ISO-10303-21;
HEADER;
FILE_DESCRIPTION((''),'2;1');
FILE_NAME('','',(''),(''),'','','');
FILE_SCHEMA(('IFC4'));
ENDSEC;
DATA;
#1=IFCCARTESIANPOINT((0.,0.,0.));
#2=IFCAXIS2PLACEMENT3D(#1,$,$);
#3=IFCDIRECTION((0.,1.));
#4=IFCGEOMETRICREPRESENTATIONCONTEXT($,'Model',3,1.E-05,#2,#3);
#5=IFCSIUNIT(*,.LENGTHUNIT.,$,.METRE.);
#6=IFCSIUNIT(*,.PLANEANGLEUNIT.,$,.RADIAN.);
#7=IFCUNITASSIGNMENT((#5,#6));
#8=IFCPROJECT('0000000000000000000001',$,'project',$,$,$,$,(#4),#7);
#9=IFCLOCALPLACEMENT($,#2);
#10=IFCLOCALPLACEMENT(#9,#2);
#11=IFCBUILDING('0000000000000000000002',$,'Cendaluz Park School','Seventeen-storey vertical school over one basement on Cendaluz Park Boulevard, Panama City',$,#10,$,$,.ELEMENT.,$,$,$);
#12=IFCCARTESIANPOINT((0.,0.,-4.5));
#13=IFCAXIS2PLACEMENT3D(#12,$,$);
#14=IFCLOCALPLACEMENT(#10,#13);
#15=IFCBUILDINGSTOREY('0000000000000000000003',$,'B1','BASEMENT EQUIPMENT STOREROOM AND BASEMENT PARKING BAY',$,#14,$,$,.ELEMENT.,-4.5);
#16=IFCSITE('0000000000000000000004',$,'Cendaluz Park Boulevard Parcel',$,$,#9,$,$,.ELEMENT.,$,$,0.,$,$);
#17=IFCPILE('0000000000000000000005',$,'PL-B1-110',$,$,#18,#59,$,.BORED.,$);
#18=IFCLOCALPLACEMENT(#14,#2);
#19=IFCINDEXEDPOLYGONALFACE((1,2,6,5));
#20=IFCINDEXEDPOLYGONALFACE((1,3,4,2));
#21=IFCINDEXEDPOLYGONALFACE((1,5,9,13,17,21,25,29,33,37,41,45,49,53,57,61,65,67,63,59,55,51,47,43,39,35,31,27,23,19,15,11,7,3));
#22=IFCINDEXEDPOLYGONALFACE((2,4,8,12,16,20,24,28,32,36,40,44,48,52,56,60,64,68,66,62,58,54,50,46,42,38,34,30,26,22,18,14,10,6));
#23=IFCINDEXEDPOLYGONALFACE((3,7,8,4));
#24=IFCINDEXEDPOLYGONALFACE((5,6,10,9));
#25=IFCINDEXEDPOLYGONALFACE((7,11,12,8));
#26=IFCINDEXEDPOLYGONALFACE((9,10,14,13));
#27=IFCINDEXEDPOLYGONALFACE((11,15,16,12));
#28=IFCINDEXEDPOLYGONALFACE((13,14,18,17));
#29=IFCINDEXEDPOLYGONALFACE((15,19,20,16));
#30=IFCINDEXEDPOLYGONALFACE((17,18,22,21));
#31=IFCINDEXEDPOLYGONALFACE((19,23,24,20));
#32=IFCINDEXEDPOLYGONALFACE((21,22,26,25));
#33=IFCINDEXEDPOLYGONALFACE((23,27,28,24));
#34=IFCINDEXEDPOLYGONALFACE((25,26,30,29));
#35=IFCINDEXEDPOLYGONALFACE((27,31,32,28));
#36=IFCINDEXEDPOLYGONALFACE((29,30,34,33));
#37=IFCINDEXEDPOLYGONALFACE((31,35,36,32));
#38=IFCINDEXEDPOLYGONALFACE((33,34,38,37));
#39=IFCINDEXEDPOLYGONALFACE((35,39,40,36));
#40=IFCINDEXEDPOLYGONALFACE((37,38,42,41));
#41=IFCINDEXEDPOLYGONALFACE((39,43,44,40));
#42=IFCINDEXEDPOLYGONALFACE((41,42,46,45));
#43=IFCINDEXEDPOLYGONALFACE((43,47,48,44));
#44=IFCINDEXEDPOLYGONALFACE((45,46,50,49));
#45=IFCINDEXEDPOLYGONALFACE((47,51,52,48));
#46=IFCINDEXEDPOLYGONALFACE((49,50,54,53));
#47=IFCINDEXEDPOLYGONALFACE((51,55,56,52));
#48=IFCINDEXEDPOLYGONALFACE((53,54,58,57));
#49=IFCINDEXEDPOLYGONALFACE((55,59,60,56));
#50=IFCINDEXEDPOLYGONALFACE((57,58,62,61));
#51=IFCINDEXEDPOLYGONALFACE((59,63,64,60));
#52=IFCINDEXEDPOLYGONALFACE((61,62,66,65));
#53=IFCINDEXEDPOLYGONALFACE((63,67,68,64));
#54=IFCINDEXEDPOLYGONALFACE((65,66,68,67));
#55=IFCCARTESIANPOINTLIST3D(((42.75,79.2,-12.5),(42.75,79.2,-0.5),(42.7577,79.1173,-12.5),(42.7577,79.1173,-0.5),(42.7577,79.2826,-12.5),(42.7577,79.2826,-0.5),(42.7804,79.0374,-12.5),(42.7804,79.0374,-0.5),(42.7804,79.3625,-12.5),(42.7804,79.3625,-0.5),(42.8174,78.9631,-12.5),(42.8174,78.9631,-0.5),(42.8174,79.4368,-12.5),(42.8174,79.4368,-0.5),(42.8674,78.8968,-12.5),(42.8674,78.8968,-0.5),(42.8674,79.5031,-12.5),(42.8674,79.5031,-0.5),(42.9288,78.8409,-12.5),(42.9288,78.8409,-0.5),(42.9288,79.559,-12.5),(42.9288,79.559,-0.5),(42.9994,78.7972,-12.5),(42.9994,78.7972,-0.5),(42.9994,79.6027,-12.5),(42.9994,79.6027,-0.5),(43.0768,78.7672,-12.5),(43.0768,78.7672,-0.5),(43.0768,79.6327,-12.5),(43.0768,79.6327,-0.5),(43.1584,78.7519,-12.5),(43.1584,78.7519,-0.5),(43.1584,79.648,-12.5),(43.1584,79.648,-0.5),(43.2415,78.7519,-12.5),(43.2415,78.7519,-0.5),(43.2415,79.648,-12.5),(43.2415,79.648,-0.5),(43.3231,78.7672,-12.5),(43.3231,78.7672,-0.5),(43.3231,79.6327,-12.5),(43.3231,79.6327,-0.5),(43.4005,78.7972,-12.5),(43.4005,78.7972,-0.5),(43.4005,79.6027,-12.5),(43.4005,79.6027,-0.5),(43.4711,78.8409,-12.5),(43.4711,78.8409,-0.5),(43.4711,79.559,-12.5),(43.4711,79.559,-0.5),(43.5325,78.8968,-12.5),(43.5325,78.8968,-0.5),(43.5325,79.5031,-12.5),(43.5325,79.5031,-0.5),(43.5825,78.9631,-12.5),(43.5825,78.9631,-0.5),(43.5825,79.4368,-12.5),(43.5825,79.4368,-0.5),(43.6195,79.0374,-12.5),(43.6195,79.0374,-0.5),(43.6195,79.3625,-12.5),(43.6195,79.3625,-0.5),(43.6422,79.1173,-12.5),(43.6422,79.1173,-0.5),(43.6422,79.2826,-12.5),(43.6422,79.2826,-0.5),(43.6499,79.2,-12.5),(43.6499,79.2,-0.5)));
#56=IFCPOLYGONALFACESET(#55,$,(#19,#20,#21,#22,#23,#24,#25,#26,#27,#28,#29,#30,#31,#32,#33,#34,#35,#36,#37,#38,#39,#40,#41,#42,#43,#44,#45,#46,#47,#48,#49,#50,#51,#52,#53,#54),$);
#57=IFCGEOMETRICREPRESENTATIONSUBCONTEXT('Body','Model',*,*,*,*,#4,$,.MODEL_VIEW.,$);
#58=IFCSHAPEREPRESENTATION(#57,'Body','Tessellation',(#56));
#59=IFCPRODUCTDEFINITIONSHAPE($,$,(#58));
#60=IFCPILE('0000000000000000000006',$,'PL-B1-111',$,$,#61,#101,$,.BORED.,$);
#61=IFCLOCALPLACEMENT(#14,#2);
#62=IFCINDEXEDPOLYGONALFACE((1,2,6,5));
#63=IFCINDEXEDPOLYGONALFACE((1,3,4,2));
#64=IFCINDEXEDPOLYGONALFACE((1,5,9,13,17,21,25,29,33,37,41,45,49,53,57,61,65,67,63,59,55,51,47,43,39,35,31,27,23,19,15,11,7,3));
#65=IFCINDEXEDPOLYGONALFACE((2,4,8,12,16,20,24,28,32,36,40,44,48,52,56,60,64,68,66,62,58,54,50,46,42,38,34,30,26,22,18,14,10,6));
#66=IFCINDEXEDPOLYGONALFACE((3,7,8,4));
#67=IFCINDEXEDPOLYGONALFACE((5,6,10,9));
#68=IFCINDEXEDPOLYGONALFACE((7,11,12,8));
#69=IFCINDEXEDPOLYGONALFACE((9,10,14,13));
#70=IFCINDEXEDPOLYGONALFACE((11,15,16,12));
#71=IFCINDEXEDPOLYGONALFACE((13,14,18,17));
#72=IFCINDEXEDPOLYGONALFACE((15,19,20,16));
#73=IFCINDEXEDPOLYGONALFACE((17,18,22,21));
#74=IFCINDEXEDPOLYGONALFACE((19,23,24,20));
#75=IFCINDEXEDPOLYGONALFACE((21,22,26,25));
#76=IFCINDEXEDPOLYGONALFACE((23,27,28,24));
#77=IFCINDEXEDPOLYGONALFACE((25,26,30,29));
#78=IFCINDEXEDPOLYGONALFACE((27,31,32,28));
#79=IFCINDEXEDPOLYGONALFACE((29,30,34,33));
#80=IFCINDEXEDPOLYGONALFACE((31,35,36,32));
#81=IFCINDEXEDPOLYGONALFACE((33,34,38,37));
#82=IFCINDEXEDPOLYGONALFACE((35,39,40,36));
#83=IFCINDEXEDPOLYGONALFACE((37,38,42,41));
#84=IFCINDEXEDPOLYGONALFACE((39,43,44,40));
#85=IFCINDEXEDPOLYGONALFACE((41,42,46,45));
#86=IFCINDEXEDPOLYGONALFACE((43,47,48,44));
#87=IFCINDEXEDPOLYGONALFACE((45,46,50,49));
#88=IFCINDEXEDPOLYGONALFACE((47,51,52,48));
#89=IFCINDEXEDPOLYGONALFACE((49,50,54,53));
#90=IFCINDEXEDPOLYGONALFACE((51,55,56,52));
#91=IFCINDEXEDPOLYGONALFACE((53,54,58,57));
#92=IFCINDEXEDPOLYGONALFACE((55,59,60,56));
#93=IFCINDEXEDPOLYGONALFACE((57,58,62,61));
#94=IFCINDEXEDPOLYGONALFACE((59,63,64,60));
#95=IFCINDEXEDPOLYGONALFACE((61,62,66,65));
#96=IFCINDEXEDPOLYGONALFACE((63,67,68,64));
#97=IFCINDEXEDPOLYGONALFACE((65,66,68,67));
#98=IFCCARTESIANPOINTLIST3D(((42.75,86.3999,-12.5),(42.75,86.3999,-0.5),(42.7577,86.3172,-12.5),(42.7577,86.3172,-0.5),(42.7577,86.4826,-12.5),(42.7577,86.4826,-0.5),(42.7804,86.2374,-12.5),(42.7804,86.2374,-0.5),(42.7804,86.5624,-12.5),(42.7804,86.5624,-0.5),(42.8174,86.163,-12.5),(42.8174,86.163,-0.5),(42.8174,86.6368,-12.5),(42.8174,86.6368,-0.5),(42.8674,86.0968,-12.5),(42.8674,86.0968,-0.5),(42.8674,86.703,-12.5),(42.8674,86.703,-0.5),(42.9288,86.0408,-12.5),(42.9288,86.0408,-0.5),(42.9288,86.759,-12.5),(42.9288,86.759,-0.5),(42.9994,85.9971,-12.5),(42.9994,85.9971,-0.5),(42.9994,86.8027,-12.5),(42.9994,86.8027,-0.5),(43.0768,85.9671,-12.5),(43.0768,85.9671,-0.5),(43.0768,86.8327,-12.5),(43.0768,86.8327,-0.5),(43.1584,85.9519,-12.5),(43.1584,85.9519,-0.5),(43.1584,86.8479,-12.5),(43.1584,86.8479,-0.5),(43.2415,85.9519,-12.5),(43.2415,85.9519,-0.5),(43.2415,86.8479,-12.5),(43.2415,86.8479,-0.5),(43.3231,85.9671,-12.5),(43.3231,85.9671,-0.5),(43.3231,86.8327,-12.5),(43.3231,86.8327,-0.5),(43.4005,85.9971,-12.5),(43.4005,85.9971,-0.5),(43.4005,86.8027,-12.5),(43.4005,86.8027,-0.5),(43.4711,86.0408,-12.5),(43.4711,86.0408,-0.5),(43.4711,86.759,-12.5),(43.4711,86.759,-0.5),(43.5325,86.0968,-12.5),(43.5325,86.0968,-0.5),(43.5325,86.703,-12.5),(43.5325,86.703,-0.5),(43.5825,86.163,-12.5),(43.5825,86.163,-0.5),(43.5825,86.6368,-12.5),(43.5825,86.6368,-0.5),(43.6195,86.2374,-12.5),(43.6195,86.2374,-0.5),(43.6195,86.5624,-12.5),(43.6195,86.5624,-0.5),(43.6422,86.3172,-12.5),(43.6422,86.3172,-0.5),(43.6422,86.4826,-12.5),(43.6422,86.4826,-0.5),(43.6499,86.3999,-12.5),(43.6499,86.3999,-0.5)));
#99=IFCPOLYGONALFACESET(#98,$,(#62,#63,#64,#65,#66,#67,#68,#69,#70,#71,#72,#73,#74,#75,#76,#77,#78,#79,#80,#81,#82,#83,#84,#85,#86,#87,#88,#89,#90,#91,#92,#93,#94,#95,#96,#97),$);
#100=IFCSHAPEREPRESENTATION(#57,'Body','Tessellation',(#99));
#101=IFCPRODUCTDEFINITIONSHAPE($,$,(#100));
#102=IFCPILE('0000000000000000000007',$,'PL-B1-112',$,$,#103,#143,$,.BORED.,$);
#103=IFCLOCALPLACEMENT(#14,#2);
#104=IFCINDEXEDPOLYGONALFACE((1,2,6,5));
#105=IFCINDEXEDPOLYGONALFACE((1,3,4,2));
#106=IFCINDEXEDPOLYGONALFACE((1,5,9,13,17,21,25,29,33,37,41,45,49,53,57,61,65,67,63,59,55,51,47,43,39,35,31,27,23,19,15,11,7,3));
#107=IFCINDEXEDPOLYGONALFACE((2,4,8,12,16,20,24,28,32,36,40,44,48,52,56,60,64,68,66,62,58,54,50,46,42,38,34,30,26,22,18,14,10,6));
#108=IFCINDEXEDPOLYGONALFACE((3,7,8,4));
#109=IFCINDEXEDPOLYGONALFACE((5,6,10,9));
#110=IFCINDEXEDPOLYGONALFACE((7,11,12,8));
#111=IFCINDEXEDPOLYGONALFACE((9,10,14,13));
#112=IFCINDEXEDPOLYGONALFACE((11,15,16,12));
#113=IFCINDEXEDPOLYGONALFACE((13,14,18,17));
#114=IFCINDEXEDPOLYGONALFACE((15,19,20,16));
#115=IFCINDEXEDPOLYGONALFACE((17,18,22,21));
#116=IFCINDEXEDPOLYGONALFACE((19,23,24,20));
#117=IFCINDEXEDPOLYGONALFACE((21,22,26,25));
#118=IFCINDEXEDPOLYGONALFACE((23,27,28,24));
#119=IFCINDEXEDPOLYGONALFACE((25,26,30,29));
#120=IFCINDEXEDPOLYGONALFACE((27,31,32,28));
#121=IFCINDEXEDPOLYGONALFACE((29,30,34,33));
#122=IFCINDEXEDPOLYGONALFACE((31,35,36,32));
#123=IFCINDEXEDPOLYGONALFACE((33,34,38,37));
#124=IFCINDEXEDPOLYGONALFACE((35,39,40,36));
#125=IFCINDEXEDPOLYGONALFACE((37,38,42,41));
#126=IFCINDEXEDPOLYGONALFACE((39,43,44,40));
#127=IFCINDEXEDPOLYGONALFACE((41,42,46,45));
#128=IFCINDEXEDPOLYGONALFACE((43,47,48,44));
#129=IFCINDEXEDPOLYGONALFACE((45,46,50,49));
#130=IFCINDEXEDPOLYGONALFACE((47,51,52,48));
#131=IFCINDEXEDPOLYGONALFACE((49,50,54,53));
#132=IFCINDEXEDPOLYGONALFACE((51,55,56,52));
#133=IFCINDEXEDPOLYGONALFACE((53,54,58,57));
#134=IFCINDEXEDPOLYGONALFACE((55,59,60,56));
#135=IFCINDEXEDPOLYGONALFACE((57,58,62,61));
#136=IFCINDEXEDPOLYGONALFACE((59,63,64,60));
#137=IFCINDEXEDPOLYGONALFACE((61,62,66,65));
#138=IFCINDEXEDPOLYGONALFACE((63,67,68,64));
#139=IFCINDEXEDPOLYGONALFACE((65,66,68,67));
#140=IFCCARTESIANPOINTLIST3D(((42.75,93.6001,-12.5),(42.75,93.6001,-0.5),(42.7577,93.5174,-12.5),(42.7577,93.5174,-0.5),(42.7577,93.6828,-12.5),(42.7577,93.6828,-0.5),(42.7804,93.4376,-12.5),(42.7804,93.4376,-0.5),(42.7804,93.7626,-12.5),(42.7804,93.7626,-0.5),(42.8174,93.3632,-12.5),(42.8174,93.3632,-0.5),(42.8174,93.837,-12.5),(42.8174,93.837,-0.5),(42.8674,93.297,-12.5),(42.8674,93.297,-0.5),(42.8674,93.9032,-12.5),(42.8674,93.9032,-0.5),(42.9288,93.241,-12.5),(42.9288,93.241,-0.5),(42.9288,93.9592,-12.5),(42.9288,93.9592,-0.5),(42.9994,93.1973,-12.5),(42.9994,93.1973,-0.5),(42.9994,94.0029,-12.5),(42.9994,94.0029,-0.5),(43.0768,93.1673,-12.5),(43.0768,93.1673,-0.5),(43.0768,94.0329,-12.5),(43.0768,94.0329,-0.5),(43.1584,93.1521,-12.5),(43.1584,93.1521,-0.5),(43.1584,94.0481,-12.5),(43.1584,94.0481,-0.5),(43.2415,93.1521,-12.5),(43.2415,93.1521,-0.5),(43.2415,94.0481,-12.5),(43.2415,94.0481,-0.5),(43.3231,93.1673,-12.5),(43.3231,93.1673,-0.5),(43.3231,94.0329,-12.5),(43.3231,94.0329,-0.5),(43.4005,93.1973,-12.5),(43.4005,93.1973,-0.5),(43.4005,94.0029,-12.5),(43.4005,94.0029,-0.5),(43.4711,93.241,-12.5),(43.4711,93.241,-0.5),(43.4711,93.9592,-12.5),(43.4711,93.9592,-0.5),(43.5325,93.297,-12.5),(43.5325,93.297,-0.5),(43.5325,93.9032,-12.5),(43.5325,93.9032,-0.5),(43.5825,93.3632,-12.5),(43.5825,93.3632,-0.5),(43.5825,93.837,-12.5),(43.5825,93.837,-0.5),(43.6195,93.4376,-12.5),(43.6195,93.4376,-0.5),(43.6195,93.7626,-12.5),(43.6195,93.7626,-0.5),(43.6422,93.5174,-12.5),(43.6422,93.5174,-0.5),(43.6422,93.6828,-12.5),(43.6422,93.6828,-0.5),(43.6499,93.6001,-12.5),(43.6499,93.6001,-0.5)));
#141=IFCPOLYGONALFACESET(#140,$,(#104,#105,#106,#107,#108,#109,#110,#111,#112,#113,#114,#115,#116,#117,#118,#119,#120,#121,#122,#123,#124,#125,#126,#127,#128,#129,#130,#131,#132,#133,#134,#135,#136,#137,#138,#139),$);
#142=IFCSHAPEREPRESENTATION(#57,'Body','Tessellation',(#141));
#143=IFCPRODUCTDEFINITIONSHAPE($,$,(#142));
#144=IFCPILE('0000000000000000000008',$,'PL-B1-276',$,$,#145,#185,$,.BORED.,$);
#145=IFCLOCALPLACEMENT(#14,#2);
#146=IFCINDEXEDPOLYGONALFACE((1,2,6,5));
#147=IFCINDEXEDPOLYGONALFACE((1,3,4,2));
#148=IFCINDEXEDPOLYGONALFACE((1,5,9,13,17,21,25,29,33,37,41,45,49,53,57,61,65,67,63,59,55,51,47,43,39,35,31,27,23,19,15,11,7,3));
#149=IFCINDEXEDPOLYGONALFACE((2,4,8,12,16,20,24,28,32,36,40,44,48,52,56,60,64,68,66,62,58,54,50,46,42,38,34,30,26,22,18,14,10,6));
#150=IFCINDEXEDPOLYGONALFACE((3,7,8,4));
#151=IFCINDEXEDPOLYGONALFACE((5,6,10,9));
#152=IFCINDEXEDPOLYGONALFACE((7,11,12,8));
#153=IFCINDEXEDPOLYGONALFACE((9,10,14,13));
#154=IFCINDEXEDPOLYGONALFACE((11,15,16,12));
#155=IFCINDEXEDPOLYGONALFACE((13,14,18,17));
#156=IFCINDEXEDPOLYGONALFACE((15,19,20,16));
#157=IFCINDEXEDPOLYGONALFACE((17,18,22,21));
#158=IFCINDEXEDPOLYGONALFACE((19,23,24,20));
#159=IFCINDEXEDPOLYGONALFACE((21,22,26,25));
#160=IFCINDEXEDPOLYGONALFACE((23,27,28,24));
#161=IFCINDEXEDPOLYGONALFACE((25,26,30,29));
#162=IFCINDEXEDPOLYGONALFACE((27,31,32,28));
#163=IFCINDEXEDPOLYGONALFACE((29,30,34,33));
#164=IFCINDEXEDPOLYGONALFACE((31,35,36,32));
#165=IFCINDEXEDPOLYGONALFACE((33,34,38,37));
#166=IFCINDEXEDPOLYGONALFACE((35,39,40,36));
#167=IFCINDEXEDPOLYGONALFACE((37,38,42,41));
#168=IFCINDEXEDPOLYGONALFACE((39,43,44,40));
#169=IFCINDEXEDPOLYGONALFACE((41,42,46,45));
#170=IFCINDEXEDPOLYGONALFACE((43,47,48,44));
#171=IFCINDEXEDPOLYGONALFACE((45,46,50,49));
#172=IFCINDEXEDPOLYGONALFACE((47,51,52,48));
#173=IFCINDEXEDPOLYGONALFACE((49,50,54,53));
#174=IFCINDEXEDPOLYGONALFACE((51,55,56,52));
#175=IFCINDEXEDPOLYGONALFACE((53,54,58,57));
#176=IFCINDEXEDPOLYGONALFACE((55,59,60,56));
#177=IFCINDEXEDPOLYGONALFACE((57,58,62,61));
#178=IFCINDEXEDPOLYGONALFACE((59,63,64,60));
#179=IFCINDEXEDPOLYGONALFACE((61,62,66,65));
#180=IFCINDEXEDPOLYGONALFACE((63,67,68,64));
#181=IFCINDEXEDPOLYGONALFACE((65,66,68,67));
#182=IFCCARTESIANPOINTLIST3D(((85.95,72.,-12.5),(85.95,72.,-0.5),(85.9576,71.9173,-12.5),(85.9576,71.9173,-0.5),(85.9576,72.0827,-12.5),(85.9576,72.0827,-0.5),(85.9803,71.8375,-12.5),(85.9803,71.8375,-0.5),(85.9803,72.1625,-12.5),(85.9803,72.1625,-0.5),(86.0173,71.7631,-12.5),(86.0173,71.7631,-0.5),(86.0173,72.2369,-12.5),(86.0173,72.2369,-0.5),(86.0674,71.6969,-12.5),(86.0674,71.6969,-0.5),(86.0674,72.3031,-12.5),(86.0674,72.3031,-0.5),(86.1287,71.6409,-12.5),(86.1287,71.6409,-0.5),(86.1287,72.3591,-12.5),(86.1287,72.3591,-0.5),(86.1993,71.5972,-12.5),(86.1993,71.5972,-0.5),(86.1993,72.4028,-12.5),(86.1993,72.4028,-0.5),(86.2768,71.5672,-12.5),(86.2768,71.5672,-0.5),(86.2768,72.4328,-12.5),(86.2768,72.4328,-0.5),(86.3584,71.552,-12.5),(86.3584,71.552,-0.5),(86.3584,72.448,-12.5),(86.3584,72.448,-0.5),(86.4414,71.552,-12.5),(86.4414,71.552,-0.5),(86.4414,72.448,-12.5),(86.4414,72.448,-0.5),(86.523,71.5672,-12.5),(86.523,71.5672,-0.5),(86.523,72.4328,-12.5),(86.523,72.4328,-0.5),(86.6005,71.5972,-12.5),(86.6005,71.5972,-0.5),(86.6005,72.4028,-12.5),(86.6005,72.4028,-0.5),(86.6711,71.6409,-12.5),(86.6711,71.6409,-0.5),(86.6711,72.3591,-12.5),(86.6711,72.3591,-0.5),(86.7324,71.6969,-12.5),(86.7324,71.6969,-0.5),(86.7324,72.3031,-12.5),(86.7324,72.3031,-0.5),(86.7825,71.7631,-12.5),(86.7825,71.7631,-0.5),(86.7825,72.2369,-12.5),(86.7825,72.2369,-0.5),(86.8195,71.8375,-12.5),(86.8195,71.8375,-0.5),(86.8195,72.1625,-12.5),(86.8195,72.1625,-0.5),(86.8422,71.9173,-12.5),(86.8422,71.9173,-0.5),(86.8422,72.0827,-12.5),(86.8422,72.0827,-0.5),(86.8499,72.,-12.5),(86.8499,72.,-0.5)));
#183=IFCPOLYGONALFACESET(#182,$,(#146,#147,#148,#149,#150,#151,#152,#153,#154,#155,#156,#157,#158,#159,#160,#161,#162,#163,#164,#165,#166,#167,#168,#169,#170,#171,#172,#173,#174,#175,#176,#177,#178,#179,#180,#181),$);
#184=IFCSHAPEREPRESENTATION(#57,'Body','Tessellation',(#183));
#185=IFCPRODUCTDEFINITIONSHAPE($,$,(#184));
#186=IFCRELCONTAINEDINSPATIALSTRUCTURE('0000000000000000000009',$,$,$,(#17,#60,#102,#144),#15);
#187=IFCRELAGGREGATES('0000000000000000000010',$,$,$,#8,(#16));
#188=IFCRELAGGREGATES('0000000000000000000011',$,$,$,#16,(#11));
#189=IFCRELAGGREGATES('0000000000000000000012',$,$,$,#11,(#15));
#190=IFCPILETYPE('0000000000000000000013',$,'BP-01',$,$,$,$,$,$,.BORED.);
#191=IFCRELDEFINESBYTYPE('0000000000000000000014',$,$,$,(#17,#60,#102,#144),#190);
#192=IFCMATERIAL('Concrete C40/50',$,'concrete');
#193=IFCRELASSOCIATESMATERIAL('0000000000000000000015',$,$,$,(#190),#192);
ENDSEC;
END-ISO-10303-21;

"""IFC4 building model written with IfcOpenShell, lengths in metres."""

from ifc_helpers import new_model, si_unit, direction, frame, origin, origin_2d, place, context, subcontext, project, spatial, circle, extrude, material, material_profile, profile_set, type_object, element, save


model = new_model("IFC4")

# Units and contexts
model_context = context("Model", 3, precision=1e-05, world=origin(), true_north=direction((0.0, 1.0)))
body_context = subcontext(model_context, "Body", "Model", "MODEL_VIEW")
ifc_project = project(units=[si_unit("LENGTHUNIT", "METRE"), si_unit("PLANEANGLEUNIT", "RADIAN")], contexts=[model_context])

# Site, building, storey
site_placement = place(None, origin())
site = spatial("IfcSite", under=ifc_project, at=site_placement, Name="Cendaluz Park Boulevard Parcel", CompositionType="ELEMENT", RefElevation=0.0)
building_placement = place(site_placement, origin())
building = spatial("IfcBuilding", under=site, at=building_placement, Name="Cendaluz Park School", Description="Seventeen-storey vertical school over one basement on Cendaluz Park Boulevard, Panama City", CompositionType="ELEMENT")
storey_placement = place(building_placement, frame((0.0, 0.0, -4.5)))
storey = spatial("IfcBuildingStorey", under=building, at=storey_placement, Name="B1", Description="BASEMENT EQUIPMENT STOREROOM AND BASEMENT PARKING BAY", CompositionType="ELEMENT", Elevation=-4.5)

# Piles
ifc_material = material(Name="Concrete C40/50", Category="concrete")
ifc_material_profile_1 = material_profile(ifc_material, circle(Radius=0.45, at=origin_2d()), Name="BP D900", Category="concrete")
ifc_profile_set_1 = profile_set([ifc_material_profile_1], Name="Concrete C40/50")
pile_type_1 = type_object("IfcPileType", Name="BP-01", PredefinedType="BORED", material=ifc_profile_set_1)
for number, where, z_axis, x_axis, name in (
    (1, (43.2, 79.2, -0.5), (0.0, 0.0, -1.0), (1.0, 0.0, 0.0), "PL-B1-110"),
    (2, (43.2, 86.3999, -0.5), (0.0, 0.0, -1.0), (1.0, 0.0, 0.0), "PL-B1-111"),
    (3, (43.2, 93.6001, -0.5), (0.0, 0.0, -1.0), (1.0, 0.0, 0.0), "PL-B1-112"),
    (4, (86.3999, 72.0, -0.5), (0.0, 0.0, -1.0), (1.0, 0.0, 0.0), "PL-B1-276"),
):
    element("IfcPile", number, at=place(storey_placement, frame(where, z_axis=z_axis, x_axis=x_axis)), inside=storey, type_object=pile_type_1, Name=name, PredefinedType="BORED", context=body_context, shape_type="SweptSolid", body=[
        extrude(circle(Radius=0.45, at=origin_2d()), origin(), (0.0, 0.0, 1.0), 12.0),
    ])

save(model, "model.ifc")
